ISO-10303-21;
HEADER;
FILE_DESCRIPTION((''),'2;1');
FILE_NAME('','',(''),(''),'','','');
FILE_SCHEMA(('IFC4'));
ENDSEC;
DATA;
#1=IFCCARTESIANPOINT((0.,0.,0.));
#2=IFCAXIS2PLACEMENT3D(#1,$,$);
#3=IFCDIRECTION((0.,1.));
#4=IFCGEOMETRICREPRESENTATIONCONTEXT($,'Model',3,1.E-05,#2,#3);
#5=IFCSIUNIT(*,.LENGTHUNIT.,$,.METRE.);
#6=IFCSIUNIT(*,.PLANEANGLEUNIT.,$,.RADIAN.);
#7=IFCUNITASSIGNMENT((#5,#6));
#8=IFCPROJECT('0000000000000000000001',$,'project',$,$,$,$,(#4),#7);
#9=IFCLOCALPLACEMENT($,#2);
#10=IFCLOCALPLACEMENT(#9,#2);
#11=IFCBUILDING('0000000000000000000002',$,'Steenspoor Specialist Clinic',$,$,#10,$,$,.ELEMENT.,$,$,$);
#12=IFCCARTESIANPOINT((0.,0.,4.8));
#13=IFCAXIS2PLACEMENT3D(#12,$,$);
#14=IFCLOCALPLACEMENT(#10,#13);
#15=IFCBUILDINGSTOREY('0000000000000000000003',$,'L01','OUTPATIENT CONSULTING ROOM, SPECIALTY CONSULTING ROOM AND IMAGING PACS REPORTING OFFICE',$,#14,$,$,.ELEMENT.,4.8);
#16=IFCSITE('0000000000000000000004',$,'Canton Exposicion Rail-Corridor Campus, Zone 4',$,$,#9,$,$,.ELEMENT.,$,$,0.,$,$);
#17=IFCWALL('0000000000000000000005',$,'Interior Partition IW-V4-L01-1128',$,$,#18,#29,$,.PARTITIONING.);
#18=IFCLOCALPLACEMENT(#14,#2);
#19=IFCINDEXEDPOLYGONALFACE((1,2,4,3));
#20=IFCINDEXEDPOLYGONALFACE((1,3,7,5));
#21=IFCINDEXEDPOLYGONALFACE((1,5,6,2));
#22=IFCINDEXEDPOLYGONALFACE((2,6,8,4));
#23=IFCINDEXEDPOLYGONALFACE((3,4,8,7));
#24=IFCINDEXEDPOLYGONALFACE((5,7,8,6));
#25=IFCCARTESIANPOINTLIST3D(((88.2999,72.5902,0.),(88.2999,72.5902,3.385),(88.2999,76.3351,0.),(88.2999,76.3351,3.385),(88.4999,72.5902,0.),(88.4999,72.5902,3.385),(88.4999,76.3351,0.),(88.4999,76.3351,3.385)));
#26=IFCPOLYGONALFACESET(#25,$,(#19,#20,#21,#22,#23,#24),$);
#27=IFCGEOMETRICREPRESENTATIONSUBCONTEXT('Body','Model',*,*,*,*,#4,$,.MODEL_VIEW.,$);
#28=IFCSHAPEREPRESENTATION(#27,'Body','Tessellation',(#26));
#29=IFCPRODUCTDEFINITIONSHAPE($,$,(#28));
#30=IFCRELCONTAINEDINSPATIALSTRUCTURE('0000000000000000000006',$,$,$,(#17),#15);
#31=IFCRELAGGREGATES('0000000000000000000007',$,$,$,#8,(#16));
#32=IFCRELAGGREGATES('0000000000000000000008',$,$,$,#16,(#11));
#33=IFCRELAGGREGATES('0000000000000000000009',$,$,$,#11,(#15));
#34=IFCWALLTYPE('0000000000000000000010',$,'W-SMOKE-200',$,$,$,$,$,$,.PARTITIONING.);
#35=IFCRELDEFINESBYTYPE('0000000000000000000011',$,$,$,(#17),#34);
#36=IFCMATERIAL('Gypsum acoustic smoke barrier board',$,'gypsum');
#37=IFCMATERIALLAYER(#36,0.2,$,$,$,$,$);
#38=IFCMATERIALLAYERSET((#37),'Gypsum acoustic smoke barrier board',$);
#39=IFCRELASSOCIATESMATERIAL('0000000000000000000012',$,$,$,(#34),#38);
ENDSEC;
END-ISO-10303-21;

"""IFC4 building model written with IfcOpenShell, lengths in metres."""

from ifc_helpers import new_model, si_unit, direction, frame, frame_2d, origin, place, context, subcontext, project, spatial, rectangle, extrude, material, layer, layer_set, type_object, element, save


model = new_model("IFC4")

# Units and contexts
model_context = context("Model", 3, precision=1e-05, world=origin(), true_north=direction((0.0, 1.0)))
body_context = subcontext(model_context, "Body", "Model", "MODEL_VIEW")
ifc_project = project(units=[si_unit("LENGTHUNIT", "METRE"), si_unit("PLANEANGLEUNIT", "RADIAN")], contexts=[model_context])

# Site, building, storey
site_placement = place(None, origin())
site = spatial("IfcSite", under=ifc_project, at=site_placement, Name="Canton Exposicion Rail-Corridor Campus, Zone 4", CompositionType="ELEMENT", RefElevation=0.0)
building_placement = place(site_placement, origin())
building = spatial("IfcBuilding", under=site, at=building_placement, Name="Steenspoor Specialist Clinic", CompositionType="ELEMENT")
storey_placement = place(building_placement, frame((0.0, 0.0, 4.8)))
storey = spatial("IfcBuildingStorey", under=building, at=storey_placement, Name="L01", Description="OUTPATIENT CONSULTING ROOM, SPECIALTY CONSULTING ROOM AND IMAGING PACS REPORTING OFFICE", CompositionType="ELEMENT", Elevation=4.8)

# Shared definitions
ifc_material_1 = material(Name="Gypsum acoustic smoke barrier board", Category="gypsum")
ifc_layer_1 = layer(ifc_material_1, 0.2)
ifc_layer_set_1 = layer_set([ifc_layer_1], Name="Gypsum acoustic smoke barrier board")
wall_type_1 = type_object("IfcWallType", Name="W-SMOKE-200", PredefinedType="PARTITIONING", material=ifc_layer_set_1)

# Wall
wall_1_placement = place(storey_placement, frame((88.3999, 72.5901, 0.0), z_axis=(0.0, 0.0, 1.0), x_axis=(0.0, 1.0, 0.0)))
element("IfcWall", 1, at=wall_1_placement, inside=storey, type_object=wall_type_1, Name="Interior Partition IW-V4-L01-1128", PredefinedType="PARTITIONING", context=body_context, shape_type="SweptSolid", body=[
    extrude(rectangle(XDim=3.7449, YDim=0.2, at=frame_2d((1.8726, 0.0))), origin(), (0.0, 0.0, 1.0), 3.385),
])

save(model, "model.ifc")
